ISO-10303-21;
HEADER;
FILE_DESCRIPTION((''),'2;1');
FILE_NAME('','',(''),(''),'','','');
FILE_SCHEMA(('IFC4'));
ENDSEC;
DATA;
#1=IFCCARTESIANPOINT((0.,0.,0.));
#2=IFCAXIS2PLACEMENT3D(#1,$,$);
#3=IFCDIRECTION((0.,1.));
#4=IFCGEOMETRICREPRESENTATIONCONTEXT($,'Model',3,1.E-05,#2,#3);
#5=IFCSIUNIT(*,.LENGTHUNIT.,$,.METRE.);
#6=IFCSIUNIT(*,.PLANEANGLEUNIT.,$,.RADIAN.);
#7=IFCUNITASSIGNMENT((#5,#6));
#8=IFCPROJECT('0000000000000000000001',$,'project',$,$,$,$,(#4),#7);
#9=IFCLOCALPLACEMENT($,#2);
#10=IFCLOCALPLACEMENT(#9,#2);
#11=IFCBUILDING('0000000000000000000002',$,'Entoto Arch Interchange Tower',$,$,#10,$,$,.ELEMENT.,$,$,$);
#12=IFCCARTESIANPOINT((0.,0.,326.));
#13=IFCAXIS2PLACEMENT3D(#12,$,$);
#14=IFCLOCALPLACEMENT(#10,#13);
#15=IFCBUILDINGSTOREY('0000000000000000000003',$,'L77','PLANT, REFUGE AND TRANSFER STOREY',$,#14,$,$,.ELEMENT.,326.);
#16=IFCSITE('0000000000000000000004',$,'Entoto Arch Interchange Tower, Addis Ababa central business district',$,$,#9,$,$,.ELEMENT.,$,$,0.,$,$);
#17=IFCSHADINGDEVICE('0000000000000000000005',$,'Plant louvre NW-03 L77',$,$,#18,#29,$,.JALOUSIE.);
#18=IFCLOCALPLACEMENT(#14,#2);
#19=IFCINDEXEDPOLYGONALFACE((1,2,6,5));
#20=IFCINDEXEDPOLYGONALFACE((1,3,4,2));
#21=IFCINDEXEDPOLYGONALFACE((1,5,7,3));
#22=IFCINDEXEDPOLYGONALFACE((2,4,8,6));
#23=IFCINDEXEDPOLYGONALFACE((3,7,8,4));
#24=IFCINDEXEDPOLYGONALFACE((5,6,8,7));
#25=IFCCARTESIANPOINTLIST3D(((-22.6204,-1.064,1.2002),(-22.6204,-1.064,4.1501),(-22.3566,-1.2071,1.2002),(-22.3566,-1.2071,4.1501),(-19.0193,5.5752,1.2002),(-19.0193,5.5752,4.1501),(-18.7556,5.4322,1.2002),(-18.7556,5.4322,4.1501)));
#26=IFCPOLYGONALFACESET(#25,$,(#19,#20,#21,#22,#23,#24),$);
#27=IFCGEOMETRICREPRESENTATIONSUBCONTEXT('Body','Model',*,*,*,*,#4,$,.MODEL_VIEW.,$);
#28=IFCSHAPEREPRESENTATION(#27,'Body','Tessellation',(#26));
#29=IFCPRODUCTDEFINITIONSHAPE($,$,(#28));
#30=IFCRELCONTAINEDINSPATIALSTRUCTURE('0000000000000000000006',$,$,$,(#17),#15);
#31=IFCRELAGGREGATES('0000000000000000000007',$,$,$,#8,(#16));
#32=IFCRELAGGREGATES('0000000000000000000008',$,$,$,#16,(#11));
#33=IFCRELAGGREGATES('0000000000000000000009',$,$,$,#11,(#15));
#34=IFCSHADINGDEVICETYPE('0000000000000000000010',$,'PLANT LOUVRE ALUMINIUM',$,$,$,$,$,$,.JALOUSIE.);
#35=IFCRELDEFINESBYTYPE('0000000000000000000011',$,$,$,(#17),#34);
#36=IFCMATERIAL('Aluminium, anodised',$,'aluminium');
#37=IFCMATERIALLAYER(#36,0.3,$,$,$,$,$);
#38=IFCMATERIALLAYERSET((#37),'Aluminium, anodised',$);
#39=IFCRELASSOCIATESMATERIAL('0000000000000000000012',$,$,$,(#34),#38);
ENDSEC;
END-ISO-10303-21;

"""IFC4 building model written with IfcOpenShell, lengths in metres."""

from ifc_helpers import new_model, si_unit, direction, frame, origin, origin_2d, place, context, subcontext, project, spatial, rectangle, extrude, material, layer, layer_set, type_object, element, save


model = new_model("IFC4")

# Units and contexts
model_context = context("Model", 3, precision=1e-05, world=origin(), true_north=direction((0.0, 1.0)))
body_context = subcontext(model_context, "Body", "Model", "MODEL_VIEW")
ifc_project = project(units=[si_unit("LENGTHUNIT", "METRE"), si_unit("PLANEANGLEUNIT", "RADIAN")], contexts=[model_context])

# Site, building, storey
site_placement = place(None, origin())
site = spatial("IfcSite", under=ifc_project, at=site_placement, Name="Entoto Arch Interchange Tower, Addis Ababa central business district", CompositionType="ELEMENT", RefElevation=0.0)
building_placement = place(site_placement, origin())
building = spatial("IfcBuilding", under=site, at=building_placement, Name="Entoto Arch Interchange Tower", CompositionType="ELEMENT")
storey_placement = place(building_placement, frame((0.0, 0.0, 326.0)))
storey = spatial("IfcBuildingStorey", under=building, at=storey_placement, Name="L77", Description="PLANT, REFUGE AND TRANSFER STOREY", CompositionType="ELEMENT", Elevation=326.0)

# Shading device
ifc_material_1 = material(Name="Aluminium, anodised", Category="aluminium")
ifc_layer_1 = layer(ifc_material_1, 0.3)
ifc_layer_set_1 = layer_set([ifc_layer_1], Name="Aluminium, anodised")
shading_device_type = type_object("IfcShadingDeviceType", Name="PLANT LOUVRE ALUMINIUM", PredefinedType="JALOUSIE", material=ifc_layer_set_1)
shading_device_placement = place(storey_placement, frame((-20.688, 2.1841, 1.2002), z_axis=(0.0, 0.0, 1.0), x_axis=(-0.476775, -0.879025, 0.0)))
element("IfcShadingDevice", 1, at=shading_device_placement, inside=storey, type_object=shading_device_type, Name="Plant louvre NW-03 L77", PredefinedType="JALOUSIE", context=body_context, shape_type="SweptSolid", body=[
    extrude(rectangle(XDim=7.553, YDim=0.3, at=origin_2d()), origin(), (0.0, 0.0, 1.0), 2.95),
])

save(model, "model.ifc")
